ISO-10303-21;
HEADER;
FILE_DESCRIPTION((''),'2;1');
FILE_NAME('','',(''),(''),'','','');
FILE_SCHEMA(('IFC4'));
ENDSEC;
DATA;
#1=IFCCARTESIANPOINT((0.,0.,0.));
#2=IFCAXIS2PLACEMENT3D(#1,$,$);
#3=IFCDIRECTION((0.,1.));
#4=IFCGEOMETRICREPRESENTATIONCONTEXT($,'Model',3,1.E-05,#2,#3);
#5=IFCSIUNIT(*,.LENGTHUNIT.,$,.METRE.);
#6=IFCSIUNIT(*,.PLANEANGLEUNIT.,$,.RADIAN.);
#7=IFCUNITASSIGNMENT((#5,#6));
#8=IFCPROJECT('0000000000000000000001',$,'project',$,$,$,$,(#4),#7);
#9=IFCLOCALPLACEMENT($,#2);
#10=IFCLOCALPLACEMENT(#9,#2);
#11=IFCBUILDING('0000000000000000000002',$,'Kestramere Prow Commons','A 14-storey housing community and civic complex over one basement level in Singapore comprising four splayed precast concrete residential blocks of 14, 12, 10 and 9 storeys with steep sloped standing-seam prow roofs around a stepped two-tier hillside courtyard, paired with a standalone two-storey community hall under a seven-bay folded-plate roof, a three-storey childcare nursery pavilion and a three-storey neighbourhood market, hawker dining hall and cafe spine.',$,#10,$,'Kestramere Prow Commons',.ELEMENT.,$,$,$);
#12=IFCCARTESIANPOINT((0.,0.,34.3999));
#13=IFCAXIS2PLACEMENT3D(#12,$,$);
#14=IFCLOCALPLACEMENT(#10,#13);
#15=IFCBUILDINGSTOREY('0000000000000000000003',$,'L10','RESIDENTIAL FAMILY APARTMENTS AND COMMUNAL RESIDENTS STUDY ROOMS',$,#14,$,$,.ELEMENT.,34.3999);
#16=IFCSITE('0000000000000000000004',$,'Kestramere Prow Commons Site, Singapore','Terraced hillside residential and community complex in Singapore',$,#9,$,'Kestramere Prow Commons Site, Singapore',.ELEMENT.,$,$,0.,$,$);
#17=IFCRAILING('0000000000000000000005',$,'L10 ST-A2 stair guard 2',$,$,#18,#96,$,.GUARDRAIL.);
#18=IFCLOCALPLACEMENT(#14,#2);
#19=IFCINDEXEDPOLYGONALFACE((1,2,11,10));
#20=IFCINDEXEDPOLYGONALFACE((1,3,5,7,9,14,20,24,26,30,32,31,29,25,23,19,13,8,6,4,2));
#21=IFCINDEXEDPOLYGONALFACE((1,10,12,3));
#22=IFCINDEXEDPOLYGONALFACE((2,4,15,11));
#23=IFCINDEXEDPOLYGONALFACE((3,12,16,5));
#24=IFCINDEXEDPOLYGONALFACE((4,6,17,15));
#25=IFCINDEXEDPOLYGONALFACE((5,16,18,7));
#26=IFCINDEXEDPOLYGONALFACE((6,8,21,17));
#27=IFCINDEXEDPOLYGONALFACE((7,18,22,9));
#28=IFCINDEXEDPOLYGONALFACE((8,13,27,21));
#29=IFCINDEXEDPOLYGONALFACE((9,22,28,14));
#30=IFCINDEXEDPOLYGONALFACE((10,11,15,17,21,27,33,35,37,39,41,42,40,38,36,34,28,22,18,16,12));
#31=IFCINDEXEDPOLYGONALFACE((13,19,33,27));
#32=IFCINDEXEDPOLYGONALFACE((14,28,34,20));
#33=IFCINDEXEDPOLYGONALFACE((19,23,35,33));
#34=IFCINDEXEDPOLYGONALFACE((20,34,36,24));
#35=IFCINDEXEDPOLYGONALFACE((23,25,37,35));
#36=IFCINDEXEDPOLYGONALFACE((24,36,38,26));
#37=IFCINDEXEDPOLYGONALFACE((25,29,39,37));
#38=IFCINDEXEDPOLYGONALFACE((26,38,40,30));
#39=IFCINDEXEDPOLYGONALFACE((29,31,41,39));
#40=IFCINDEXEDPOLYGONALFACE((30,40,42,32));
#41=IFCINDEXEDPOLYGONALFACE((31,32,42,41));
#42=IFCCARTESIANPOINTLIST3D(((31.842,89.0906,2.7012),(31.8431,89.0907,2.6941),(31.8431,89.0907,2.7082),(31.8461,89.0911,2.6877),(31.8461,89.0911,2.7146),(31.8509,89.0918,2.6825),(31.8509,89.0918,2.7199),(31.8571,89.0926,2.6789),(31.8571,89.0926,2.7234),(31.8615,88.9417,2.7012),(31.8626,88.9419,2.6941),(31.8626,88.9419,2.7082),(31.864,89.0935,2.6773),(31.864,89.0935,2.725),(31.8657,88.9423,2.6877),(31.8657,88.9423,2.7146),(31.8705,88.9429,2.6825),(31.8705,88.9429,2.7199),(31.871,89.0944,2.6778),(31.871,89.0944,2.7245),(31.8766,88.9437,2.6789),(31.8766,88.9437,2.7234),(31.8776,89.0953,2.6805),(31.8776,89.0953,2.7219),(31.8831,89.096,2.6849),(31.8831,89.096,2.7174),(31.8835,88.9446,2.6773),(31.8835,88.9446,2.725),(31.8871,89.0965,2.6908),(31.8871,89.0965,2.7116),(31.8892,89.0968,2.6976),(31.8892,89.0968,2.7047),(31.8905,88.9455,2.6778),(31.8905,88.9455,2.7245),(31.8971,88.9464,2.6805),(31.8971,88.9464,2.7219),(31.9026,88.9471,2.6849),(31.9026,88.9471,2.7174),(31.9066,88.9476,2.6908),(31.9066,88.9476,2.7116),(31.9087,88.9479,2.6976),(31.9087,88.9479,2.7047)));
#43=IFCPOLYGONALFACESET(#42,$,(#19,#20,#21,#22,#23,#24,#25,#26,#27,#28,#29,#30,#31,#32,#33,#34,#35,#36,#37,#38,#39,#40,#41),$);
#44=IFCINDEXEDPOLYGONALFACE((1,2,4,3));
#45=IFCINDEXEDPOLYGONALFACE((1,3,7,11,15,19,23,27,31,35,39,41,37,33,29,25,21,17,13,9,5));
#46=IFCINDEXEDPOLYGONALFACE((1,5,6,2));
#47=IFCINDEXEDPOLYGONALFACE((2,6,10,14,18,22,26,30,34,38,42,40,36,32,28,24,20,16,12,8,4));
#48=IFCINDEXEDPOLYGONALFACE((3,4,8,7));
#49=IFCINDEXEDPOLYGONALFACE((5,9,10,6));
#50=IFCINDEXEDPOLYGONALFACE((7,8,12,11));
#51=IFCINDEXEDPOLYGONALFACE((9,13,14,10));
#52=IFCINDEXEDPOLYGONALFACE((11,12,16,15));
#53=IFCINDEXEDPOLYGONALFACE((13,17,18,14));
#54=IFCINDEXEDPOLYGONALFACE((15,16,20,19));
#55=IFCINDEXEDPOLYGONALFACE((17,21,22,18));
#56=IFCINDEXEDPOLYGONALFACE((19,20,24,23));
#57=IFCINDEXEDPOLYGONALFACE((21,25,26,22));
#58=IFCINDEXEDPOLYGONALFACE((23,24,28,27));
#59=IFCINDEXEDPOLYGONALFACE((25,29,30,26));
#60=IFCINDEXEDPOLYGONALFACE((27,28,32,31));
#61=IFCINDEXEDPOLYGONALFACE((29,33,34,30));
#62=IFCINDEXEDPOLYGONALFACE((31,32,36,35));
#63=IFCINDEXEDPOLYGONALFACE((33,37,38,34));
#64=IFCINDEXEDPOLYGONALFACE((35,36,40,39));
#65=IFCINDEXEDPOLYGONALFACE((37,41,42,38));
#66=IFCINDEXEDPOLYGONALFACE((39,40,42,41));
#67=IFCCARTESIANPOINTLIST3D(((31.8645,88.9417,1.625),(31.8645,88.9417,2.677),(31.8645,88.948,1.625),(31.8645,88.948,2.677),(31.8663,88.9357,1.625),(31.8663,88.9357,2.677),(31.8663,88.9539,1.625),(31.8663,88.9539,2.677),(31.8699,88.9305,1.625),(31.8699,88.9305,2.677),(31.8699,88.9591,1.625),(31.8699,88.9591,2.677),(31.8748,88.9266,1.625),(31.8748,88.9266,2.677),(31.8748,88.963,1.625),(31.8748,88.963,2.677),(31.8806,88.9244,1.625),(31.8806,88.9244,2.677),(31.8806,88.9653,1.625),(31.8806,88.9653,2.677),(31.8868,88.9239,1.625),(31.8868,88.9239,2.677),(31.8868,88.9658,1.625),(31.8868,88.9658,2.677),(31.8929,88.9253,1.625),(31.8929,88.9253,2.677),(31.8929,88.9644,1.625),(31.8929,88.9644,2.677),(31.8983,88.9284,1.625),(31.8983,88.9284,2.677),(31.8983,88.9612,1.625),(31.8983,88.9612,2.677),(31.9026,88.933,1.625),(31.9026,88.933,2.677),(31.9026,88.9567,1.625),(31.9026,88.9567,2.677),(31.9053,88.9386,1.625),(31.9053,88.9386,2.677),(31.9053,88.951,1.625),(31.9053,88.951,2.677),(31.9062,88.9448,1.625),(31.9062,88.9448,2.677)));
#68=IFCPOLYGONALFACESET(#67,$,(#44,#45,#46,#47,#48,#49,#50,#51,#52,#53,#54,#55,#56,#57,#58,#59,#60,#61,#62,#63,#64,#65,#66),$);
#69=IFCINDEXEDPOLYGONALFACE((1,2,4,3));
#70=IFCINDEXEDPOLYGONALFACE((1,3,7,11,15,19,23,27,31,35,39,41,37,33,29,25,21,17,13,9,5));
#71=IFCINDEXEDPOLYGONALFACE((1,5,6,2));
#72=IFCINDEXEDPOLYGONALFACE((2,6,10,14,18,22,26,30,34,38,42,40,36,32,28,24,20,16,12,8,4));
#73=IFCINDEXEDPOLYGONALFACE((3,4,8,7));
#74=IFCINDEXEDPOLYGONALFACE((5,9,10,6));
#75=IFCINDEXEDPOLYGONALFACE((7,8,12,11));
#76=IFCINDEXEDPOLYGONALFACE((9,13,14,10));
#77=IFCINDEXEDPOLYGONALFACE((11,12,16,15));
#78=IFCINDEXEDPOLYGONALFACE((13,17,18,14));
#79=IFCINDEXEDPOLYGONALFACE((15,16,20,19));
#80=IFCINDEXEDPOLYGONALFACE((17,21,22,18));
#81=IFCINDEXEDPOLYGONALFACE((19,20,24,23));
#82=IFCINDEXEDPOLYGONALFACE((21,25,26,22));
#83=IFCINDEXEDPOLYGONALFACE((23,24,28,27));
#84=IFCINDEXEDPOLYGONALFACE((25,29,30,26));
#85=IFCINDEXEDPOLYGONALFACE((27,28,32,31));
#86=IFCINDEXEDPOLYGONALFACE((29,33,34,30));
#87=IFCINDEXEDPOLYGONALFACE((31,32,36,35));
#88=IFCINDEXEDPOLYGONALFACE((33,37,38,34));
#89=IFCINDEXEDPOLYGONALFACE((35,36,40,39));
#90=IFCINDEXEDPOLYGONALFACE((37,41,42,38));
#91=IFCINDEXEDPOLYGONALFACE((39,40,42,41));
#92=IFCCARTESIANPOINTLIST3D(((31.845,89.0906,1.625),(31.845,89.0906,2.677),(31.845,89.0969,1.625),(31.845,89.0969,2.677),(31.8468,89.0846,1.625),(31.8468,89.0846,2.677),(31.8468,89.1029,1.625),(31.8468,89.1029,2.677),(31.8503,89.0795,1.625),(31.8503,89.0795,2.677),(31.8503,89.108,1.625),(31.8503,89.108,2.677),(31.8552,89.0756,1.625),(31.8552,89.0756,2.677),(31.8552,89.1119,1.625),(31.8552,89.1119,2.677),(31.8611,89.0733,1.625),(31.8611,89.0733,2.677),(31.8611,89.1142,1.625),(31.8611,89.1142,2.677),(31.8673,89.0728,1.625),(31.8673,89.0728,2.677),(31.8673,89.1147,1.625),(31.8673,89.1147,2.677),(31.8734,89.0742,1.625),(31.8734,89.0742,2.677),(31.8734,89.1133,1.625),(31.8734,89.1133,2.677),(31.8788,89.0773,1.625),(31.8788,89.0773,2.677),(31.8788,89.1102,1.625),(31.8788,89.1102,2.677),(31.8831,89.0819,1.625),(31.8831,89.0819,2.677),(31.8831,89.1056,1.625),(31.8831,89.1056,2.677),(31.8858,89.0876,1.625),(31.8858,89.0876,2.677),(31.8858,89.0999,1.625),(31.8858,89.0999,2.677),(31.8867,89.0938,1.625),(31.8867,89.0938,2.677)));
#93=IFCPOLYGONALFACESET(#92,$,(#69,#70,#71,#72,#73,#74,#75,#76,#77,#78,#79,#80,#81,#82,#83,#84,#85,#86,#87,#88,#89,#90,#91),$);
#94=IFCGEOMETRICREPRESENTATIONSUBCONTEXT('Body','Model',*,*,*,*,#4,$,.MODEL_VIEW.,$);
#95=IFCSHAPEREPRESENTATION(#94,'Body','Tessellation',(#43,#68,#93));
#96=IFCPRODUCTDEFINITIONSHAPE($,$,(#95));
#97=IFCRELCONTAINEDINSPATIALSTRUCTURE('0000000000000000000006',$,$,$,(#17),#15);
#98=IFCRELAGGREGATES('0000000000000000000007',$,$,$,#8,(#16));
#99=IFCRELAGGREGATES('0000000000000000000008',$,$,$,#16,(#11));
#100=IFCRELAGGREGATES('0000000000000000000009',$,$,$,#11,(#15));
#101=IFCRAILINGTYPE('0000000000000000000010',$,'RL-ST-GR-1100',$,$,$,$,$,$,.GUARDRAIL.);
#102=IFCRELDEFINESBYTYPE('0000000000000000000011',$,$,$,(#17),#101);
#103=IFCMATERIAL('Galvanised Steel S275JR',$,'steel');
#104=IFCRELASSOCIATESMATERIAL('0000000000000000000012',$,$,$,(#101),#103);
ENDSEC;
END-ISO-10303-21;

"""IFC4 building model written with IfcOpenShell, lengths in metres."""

from ifc_helpers import new_model, si_unit, direction, frame, origin, origin_2d, place, context, subcontext, project, spatial, circle, extrude, material, type_object, element, save


model = new_model("IFC4")

# Units and contexts
model_context = context("Model", 3, precision=1e-05, world=origin(), true_north=direction((0.0, 1.0)))
body_context = subcontext(model_context, "Body", "Model", "MODEL_VIEW")
ifc_project = project(units=[si_unit("LENGTHUNIT", "METRE"), si_unit("PLANEANGLEUNIT", "RADIAN")], contexts=[model_context])

# Site, building, storey
site_placement = place(None, origin())
site = spatial("IfcSite", under=ifc_project, at=site_placement, Name="Kestramere Prow Commons Site, Singapore", Description="Terraced hillside residential and community complex in Singapore", LongName="Kestramere Prow Commons Site, Singapore", CompositionType="ELEMENT", RefElevation=0.0)
building_placement = place(site_placement, origin())
building = spatial("IfcBuilding", under=site, at=building_placement, Name="Kestramere Prow Commons", Description="A 14-storey housing community and civic complex over one basement level in Singapore comprising four splayed precast concrete residential blocks of 14, 12, 10 and 9 storeys with steep sloped standing-seam prow roofs around a stepped two-tier hillside courtyard, paired with a standalone two-storey community hall under a seven-bay folded-plate roof, a three-storey childcare nursery pavilion and a three-storey neighbourhood market, hawker dining hall and cafe spine.", LongName="Kestramere Prow Commons", CompositionType="ELEMENT")
storey_placement = place(building_placement, frame((0.0, 0.0, 34.3999)))
storey = spatial("IfcBuildingStorey", under=building, at=storey_placement, Name="L10", Description="RESIDENTIAL FAMILY APARTMENTS AND COMMUNAL RESIDENTS STUDY ROOMS", CompositionType="ELEMENT", Elevation=34.3999)

# Railing
ifc_material_1 = material(Name="Galvanised Steel S275JR", Category="steel")
railing_type_1 = type_object("IfcRailingType", Name="RL-ST-GR-1100", PredefinedType="GUARDRAIL", material=ifc_material_1)
railing_1_placement = place(storey_placement, frame((31.8853, 88.9448, 1.625)))
element("IfcRailing", 1, at=railing_1_placement, inside=storey, type_object=railing_type_1, Name="L10 ST-A2 stair guard 2", PredefinedType="GUARDRAIL", context=body_context, shape_type="SweptSolid", body=[
    extrude(circle(Radius=0.0239, at=origin_2d()), frame((0.0, 0.0, 1.0762), z_axis=(-0.130034, 0.99151, 0.0), x_axis=(-0.99151, -0.130034, 0.0)), (0.0, 0.0, 1.0), 0.1501),
    extrude(circle(Radius=0.021, at=origin_2d()), origin(), (0.0, 0.0, 1.0), 1.052),
    extrude(circle(Radius=0.021, at=origin_2d()), frame((-0.0195, 0.1489, 0.0)), (0.0, 0.0, 1.0), 1.052),
])

save(model, "model.ifc")
